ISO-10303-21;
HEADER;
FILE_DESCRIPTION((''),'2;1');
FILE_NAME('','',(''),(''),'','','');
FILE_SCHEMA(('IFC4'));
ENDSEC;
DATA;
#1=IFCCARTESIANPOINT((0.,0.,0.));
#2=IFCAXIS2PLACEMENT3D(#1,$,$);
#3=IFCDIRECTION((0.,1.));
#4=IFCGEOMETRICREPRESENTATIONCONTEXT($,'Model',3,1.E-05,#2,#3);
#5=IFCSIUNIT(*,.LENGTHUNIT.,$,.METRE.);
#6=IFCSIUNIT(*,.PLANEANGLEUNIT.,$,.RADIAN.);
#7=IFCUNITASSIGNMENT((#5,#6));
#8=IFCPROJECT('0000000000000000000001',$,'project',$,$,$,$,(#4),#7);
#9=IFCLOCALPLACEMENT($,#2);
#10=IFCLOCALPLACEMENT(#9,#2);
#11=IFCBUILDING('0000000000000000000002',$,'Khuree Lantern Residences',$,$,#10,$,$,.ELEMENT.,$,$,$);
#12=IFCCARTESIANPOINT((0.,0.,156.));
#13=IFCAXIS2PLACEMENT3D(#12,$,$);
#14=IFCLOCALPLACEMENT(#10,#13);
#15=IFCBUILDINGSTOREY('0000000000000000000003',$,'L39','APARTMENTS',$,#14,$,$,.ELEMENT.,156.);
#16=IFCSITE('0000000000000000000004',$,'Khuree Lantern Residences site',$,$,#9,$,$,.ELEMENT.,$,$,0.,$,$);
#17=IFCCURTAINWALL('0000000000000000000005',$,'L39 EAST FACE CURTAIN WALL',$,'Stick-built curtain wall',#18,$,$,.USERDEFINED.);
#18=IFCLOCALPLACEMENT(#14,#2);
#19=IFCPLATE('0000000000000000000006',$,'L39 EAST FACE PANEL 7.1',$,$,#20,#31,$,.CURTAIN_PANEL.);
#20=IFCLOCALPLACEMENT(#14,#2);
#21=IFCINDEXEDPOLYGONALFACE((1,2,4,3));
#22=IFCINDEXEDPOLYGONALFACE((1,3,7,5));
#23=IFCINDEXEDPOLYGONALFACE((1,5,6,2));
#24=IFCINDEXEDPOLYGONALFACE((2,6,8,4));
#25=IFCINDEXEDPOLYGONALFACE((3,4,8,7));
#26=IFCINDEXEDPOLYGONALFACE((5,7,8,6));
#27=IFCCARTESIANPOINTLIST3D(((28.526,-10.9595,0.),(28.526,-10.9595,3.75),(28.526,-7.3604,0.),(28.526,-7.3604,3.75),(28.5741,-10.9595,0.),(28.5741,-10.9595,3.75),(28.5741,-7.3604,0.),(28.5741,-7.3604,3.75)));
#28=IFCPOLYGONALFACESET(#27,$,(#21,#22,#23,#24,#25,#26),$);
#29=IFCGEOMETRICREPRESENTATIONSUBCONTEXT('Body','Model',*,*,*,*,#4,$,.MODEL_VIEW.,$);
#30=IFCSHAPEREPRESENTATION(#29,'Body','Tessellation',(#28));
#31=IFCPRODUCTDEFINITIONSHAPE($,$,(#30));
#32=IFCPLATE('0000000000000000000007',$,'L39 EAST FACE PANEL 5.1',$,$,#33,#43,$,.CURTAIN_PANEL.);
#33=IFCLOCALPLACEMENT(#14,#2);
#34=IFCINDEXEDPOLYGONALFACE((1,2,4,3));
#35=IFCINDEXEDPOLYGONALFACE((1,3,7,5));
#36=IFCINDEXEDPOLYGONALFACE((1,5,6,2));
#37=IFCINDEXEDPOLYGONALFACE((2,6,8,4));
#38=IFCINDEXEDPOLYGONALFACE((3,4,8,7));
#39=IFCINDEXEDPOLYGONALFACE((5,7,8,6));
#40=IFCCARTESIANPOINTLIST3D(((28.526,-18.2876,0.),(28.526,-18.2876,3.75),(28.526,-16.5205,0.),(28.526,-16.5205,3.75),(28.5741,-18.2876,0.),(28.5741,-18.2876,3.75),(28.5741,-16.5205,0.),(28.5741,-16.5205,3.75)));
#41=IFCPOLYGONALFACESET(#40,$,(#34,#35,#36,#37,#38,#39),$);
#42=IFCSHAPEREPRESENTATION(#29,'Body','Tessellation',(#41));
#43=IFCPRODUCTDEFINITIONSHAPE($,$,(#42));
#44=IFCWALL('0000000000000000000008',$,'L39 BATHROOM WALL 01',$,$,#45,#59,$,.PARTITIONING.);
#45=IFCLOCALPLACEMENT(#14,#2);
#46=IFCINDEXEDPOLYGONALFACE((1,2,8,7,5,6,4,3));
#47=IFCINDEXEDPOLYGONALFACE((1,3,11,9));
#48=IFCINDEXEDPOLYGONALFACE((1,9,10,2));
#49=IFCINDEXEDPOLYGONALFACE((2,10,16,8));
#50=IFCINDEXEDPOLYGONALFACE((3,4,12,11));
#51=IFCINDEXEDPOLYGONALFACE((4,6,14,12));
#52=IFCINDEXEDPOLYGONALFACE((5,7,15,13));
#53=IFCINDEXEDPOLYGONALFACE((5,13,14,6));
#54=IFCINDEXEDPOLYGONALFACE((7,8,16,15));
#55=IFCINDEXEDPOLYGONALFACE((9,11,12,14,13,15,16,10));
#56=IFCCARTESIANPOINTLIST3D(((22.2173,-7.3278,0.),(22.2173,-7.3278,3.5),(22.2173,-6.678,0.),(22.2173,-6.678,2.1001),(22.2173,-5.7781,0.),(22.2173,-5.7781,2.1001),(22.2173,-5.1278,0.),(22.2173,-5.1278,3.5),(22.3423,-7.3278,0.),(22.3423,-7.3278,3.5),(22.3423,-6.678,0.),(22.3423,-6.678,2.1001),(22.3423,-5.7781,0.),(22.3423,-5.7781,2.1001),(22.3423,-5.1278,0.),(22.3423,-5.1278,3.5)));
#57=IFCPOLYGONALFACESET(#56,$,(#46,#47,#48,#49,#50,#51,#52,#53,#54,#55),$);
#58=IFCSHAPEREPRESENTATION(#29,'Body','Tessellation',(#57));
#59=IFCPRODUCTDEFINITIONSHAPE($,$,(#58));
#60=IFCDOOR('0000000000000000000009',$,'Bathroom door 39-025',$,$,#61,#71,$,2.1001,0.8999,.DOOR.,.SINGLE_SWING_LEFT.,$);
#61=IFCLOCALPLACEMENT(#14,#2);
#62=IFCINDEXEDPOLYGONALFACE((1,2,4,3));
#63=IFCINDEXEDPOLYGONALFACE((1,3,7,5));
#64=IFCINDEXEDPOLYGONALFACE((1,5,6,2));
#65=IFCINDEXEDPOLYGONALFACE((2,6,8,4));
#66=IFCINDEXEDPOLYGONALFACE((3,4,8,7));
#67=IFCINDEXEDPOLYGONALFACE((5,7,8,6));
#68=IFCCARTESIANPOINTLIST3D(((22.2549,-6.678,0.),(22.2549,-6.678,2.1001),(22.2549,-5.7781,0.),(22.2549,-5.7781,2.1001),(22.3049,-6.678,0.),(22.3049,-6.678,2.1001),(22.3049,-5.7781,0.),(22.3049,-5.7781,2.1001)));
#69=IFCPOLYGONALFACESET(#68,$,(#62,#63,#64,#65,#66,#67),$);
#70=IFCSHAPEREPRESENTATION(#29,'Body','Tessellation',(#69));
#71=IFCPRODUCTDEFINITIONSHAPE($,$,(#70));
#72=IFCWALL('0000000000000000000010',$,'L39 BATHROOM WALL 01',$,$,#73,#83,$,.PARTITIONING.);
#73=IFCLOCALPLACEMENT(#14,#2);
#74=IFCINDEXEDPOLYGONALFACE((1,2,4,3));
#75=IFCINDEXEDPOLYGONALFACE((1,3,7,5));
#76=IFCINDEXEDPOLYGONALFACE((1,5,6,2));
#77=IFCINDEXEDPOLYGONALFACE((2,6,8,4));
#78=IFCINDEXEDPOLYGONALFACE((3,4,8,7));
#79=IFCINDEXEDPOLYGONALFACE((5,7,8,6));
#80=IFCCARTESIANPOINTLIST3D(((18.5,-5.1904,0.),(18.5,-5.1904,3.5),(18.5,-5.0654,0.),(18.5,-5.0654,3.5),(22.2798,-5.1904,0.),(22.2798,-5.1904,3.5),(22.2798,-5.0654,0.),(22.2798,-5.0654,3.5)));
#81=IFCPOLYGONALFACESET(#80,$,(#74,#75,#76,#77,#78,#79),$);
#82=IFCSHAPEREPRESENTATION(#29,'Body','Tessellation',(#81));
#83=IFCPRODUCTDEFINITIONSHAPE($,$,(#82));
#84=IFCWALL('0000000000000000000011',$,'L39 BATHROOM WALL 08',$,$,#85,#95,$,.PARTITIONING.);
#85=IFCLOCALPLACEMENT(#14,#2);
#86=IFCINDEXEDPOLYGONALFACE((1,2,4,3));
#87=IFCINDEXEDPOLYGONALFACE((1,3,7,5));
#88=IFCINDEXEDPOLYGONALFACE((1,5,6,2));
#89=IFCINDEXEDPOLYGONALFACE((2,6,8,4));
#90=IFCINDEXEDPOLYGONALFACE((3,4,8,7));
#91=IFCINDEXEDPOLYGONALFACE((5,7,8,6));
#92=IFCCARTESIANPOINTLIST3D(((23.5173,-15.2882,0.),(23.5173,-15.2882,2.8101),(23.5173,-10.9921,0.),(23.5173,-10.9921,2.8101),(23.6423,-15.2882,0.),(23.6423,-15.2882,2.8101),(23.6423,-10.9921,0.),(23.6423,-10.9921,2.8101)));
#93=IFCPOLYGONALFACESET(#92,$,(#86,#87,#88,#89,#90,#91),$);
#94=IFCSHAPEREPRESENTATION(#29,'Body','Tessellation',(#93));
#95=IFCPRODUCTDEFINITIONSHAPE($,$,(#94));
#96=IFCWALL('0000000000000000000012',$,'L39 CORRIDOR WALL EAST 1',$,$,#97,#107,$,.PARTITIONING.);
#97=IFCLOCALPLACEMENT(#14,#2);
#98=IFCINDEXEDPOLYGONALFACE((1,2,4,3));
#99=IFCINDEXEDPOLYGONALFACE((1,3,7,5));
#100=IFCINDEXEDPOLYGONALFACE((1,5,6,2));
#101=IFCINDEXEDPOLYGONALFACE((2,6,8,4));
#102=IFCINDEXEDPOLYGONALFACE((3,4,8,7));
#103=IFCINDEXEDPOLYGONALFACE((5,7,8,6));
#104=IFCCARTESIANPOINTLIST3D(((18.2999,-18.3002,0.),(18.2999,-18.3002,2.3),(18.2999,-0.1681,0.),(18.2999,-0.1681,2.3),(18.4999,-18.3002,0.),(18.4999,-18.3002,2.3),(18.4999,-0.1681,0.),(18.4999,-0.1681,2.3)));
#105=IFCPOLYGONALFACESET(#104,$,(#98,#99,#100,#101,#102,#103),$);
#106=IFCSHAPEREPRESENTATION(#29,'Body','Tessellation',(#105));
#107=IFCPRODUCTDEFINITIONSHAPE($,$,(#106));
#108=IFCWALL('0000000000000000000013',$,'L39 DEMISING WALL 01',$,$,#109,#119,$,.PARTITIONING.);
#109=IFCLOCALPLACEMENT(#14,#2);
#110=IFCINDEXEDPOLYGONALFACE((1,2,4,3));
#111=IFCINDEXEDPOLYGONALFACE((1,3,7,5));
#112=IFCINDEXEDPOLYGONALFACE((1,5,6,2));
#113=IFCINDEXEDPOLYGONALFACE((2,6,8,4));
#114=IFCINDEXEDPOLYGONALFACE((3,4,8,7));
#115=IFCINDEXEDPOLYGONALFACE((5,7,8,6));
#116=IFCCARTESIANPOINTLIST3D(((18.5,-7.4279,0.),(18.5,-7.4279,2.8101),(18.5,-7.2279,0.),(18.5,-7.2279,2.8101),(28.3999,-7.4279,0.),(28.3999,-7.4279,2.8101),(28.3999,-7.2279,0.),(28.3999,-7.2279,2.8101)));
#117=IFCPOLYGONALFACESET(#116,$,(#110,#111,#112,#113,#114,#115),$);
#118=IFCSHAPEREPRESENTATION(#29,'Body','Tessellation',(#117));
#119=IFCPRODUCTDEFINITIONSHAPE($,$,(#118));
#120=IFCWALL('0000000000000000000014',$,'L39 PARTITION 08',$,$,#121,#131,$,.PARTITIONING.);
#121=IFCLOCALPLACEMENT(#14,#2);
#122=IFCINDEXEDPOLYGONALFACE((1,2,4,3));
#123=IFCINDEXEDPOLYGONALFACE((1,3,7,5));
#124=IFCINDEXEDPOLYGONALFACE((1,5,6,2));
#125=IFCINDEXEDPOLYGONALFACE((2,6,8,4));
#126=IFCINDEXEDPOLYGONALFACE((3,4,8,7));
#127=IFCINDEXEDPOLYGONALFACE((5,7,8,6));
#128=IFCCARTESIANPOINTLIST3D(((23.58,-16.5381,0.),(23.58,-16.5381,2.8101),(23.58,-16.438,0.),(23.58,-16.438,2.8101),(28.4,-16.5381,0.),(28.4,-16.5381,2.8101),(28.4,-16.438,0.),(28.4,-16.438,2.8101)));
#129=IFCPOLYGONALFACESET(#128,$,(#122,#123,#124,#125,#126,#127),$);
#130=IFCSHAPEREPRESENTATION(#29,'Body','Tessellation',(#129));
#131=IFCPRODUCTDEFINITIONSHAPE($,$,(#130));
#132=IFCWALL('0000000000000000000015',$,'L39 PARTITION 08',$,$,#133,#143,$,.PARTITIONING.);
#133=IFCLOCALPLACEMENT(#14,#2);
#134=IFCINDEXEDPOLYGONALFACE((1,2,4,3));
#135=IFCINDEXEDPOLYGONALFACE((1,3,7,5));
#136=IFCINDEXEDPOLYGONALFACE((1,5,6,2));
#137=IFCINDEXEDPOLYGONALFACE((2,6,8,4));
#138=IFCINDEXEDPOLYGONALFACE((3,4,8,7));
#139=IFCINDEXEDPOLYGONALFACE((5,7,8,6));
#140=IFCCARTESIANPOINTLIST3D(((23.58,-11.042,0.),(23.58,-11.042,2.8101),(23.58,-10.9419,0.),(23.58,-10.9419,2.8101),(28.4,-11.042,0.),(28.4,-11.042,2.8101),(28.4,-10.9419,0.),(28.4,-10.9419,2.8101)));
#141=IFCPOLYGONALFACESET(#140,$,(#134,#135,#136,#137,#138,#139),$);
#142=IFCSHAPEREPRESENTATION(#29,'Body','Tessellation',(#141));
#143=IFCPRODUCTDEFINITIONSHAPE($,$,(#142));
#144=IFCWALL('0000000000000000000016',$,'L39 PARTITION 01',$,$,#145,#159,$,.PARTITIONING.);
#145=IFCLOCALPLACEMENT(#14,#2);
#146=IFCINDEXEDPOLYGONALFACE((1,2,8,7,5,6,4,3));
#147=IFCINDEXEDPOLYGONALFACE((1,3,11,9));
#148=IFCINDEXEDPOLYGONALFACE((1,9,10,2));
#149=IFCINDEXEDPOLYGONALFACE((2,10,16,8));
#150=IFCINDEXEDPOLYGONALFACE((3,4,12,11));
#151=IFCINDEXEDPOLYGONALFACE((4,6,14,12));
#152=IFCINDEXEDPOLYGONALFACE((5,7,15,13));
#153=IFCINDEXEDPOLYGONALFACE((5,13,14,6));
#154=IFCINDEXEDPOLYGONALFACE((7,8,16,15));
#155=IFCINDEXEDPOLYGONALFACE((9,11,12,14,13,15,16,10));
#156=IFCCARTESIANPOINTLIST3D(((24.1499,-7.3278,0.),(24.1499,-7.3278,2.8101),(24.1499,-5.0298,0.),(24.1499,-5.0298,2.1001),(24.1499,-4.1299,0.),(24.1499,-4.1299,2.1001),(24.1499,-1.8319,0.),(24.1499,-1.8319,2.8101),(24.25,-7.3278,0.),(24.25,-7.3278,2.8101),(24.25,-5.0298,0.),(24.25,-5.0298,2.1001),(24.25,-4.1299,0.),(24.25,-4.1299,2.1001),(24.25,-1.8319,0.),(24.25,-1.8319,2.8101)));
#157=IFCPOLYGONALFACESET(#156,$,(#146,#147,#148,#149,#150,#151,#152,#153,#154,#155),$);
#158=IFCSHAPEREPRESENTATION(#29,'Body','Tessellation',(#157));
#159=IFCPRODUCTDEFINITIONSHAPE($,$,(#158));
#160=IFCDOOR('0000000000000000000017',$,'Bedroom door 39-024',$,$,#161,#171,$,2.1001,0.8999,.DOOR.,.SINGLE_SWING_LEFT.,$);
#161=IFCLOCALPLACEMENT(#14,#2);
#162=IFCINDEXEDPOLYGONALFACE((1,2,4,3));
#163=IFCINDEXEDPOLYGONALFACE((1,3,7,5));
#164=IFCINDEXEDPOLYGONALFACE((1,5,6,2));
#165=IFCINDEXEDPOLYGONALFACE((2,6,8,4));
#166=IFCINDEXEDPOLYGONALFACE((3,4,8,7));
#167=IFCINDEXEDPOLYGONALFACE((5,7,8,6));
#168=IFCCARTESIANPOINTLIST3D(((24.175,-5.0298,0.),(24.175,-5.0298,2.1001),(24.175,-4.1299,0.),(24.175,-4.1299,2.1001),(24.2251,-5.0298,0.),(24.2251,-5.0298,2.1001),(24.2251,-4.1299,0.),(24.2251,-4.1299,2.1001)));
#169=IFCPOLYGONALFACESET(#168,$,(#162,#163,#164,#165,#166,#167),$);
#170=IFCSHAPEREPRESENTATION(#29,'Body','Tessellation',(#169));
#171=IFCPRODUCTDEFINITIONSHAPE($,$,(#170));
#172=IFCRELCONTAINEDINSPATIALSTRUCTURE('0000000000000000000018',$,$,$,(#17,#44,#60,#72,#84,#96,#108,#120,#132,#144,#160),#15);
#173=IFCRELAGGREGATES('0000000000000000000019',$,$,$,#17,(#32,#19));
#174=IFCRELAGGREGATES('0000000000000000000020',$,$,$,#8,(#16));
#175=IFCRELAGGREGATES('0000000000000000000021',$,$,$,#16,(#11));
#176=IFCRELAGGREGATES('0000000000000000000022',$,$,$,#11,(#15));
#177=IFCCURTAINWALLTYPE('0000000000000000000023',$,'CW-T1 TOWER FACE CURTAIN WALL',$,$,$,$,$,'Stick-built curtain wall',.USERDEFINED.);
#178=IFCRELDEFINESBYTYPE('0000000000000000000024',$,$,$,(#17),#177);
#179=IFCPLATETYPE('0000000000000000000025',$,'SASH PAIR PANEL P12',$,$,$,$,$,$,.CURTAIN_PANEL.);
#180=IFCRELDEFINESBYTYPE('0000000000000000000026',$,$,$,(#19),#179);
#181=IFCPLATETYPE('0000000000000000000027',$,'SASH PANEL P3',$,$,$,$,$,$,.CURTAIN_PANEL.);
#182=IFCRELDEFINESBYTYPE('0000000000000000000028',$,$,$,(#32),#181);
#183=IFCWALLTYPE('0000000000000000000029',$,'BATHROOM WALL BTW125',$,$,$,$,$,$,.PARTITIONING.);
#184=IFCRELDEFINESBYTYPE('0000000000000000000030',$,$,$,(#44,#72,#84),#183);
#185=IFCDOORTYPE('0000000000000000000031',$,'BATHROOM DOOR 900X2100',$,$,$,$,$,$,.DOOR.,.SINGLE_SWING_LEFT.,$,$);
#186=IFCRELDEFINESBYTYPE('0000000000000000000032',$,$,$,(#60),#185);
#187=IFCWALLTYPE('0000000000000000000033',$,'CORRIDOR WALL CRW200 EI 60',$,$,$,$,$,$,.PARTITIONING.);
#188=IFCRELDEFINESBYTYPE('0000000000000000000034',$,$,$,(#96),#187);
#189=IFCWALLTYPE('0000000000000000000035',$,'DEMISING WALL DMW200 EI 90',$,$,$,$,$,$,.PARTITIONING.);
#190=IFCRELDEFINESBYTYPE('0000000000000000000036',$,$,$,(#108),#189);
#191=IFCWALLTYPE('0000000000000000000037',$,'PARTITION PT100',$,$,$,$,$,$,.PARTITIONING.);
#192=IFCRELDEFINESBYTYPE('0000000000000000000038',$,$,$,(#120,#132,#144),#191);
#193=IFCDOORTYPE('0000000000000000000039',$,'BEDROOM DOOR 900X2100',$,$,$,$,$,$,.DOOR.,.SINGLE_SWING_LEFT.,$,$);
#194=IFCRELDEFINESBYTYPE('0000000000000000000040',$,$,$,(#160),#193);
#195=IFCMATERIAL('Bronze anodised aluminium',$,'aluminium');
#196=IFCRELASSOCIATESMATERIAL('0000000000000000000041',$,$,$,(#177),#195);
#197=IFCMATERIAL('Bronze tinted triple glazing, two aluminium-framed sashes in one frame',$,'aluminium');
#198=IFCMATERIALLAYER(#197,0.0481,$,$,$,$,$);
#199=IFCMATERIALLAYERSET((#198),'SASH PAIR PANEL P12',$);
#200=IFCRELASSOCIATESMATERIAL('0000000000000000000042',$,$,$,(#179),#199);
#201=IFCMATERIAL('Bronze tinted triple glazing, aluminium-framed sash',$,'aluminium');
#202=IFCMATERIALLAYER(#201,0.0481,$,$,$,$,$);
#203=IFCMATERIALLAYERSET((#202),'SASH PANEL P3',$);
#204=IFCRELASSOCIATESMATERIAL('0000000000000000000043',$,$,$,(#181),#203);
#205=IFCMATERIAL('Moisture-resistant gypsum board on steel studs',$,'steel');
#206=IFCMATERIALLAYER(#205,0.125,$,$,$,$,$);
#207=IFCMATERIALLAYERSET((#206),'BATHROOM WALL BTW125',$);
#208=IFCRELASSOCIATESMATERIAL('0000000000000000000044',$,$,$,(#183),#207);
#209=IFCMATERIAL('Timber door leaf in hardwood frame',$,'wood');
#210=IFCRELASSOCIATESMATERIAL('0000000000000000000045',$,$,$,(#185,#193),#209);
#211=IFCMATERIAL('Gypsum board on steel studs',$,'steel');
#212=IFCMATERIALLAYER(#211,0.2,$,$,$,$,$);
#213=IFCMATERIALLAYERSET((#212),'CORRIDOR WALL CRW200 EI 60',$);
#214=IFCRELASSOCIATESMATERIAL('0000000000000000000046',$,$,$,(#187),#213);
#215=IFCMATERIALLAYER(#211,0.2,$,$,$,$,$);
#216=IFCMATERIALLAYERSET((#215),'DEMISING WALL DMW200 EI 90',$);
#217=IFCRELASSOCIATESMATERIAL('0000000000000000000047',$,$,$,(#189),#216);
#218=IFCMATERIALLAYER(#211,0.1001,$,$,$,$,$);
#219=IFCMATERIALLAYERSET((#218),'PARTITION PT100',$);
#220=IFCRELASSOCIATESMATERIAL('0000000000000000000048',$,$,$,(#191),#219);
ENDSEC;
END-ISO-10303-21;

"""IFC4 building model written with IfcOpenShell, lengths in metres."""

from ifc_helpers import new_model, si_unit, direction, frame, frame_2d, origin, origin_2d, place, context, subcontext, project, spatial, rectangle, extrude, material, layer, layer_set, type_object, element, fill, aggregate, save


model = new_model("IFC4")

# Units and contexts
model_context = context("Model", 3, precision=1e-05, world=origin(), true_north=direction((0.0, 1.0)))
body_context = subcontext(model_context, "Body", "Model", "MODEL_VIEW")
ifc_project = project(units=[si_unit("LENGTHUNIT", "METRE"), si_unit("PLANEANGLEUNIT", "RADIAN")], contexts=[model_context])

# Site, building, storey
site_placement = place(None, origin())
site = spatial("IfcSite", under=ifc_project, at=site_placement, Name="Khuree Lantern Residences site", CompositionType="ELEMENT", RefElevation=0.0)
building_placement = place(site_placement, origin())
building = spatial("IfcBuilding", under=site, at=building_placement, Name="Khuree Lantern Residences", CompositionType="ELEMENT")
storey_placement = place(building_placement, frame((0.0, 0.0, 156.0)))
storey = spatial("IfcBuildingStorey", under=building, at=storey_placement, Name="L39", Description="APARTMENTS", CompositionType="ELEMENT", Elevation=156.0)

# Curtain wall
ifc_material_1 = material(Name="Bronze anodised aluminium", Category="aluminium")
curtain_wall_type = type_object("IfcCurtainWallType", Name="CW-T1 TOWER FACE CURTAIN WALL", ElementType="Stick-built curtain wall", PredefinedType="USERDEFINED", material=ifc_material_1)
curtain_wall_placement = place(storey_placement, origin())
curtain_wall = element("IfcCurtainWall", 1, at=curtain_wall_placement, inside=storey, type_object=curtain_wall_type, Name="L39 EAST FACE CURTAIN WALL", ObjectType="Stick-built curtain wall", PredefinedType="USERDEFINED")

# Plates
ifc_material_2 = material(Name="Bronze tinted triple glazing, two aluminium-framed sashes in one frame", Category="aluminium")
ifc_layer_1 = layer(ifc_material_2, 0.0481)
ifc_layer_set_1 = layer_set([ifc_layer_1], Name="SASH PAIR PANEL P12")
plate_type_1 = type_object("IfcPlateType", Name="SASH PAIR PANEL P12", PredefinedType="CURTAIN_PANEL", material=ifc_layer_set_1)
plate_1_placement = place(storey_placement, frame((28.55, -9.1599, 0.0), z_axis=(0.0, 0.0, 1.0), x_axis=(0.0, 1.0, 0.0)))
plate_1 = element("IfcPlate", 2, at=plate_1_placement, type_object=plate_type_1, Name="L39 EAST FACE PANEL 7.1", PredefinedType="CURTAIN_PANEL", context=body_context, shape_type="SweptSolid", body=[
    extrude(rectangle(XDim=3.5991, YDim=0.0481, at=origin_2d()), origin(), (0.0, 0.0, 1.0), 3.75),
])
ifc_material_3 = material(Name="Bronze tinted triple glazing, aluminium-framed sash", Category="aluminium")
ifc_layer_2 = layer(ifc_material_3, 0.0481)
ifc_layer_set_2 = layer_set([ifc_layer_2], Name="SASH PANEL P3")
plate_type_2 = type_object("IfcPlateType", Name="SASH PANEL P3", PredefinedType="CURTAIN_PANEL", material=ifc_layer_set_2)
plate_2_placement = place(storey_placement, frame((28.55, -17.4041, 0.0), z_axis=(0.0, 0.0, 1.0), x_axis=(0.0, 1.0, 0.0)))
plate_2 = element("IfcPlate", 3, at=plate_2_placement, type_object=plate_type_2, Name="L39 EAST FACE PANEL 5.1", PredefinedType="CURTAIN_PANEL", context=body_context, shape_type="SweptSolid", body=[
    extrude(rectangle(XDim=1.7671, YDim=0.0481, at=origin_2d()), origin(), (0.0, 0.0, 1.0), 3.75),
])
aggregate(curtain_wall, [plate_2, plate_1])

# Wall, opening, door
ifc_material_4 = material(Name="Moisture-resistant gypsum board on steel studs", Category="steel")
ifc_layer_3 = layer(ifc_material_4, 0.125)
ifc_layer_set_3 = layer_set([ifc_layer_3], Name="BATHROOM WALL BTW125")
wall_type_1 = type_object("IfcWallType", Name="BATHROOM WALL BTW125", PredefinedType="PARTITIONING", material=ifc_layer_set_3)
wall_1_placement = place(storey_placement, frame((22.2798, -7.3279, 0.0), z_axis=(0.0, 0.0, 1.0), x_axis=(0.0, 1.0, 0.0)))
wall_1 = element("IfcWall", 4, at=wall_1_placement, inside=storey, type_object=wall_type_1, Name="L39 BATHROOM WALL 01", PredefinedType="PARTITIONING", context=body_context, shape_type="SweptSolid", body=[
    extrude(rectangle(XDim=2.2, YDim=0.125, at=frame_2d((1.1001, 0.0))), origin(), (0.0, 0.0, 1.0), 3.5),
])
opening_1_placement = place(wall_1_placement, frame((0.6499, 0.0, 0.0)))
opening_1 = element("IfcOpeningElement", 5, at=opening_1_placement, cuts=wall_1, PredefinedType="OPENING", context=body_context, shape_type="SweptSolid", body=[
    extrude(rectangle(XDim=0.8999, YDim=2.1001, at=frame_2d((0.45, 1.05))), frame((0.0, 0.0725, 0.0), z_axis=(0.0, -1.0, 0.0), x_axis=(1.0, 0.0, 0.0)), (0.0, 0.0, 1.0), 0.145),
])
ifc_material_5 = material(Name="Timber door leaf in hardwood frame", Category="wood")
door_type_1 = type_object("IfcDoorType", Name="BATHROOM DOOR 900X2100", OperationType="SINGLE_SWING_LEFT", PredefinedType="DOOR", material=ifc_material_5)
door_1_placement = place(opening_1_placement, origin())
door_1 = element("IfcDoor", 6, at=door_1_placement, inside=storey, type_object=door_type_1, Name="Bathroom door 39-025", OperationType="SINGLE_SWING_LEFT", OverallHeight=2.1001, OverallWidth=0.8999, PredefinedType="DOOR", context=body_context, shape_type="SweptSolid", body=[
    extrude(rectangle(XDim=0.8999, YDim=2.1001, at=frame_2d((0.45, 1.05))), frame((0.0, 0.0249, 0.0), z_axis=(0.0, -1.0, 0.0), x_axis=(1.0, 0.0, 0.0)), (0.0, 0.0, 1.0), 0.05),
])
fill(opening_1, door_1)

# Walls
wall_2_placement = place(storey_placement, frame((18.5, -5.1279, 0.0), z_axis=(0.0, 0.0, 1.0), x_axis=(1.0, 0.0, 0.0)))
element("IfcWall", 7, at=wall_2_placement, inside=storey, type_object=wall_type_1, Name="L39 BATHROOM WALL 01", PredefinedType="PARTITIONING", context=body_context, shape_type="SweptSolid", body=[
    extrude(rectangle(XDim=3.7798, YDim=0.125, at=frame_2d((1.8899, 0.0))), origin(), (0.0, 0.0, 1.0), 3.5),
])
wall_3_placement = place(storey_placement, frame((23.5798, -15.2881, 0.0), z_axis=(0.0, 0.0, 1.0), x_axis=(0.0, 1.0, 0.0)))
element("IfcWall", 8, at=wall_3_placement, inside=storey, type_object=wall_type_1, Name="L39 BATHROOM WALL 08", PredefinedType="PARTITIONING", context=body_context, shape_type="SweptSolid", body=[
    extrude(rectangle(XDim=4.2961, YDim=0.125, at=frame_2d((2.1479, 0.0))), origin(), (0.0, 0.0, 1.0), 2.8101),
])
ifc_material_6 = material(Name="Gypsum board on steel studs", Category="steel")
ifc_layer_4 = layer(ifc_material_6, 0.2)
ifc_layer_set_4 = layer_set([ifc_layer_4], Name="CORRIDOR WALL CRW200 EI 60")
wall_type_2 = type_object("IfcWallType", Name="CORRIDOR WALL CRW200 EI 60", PredefinedType="PARTITIONING", material=ifc_layer_set_4)
wall_4_placement = place(storey_placement, frame((18.3999, -18.3, 0.0), z_axis=(0.0, 0.0, 1.0), x_axis=(0.0, 1.0, 0.0)))
element("IfcWall", 9, at=wall_4_placement, inside=storey, type_object=wall_type_2, Name="L39 CORRIDOR WALL EAST 1", PredefinedType="PARTITIONING", context=body_context, shape_type="SweptSolid", body=[
    extrude(rectangle(XDim=18.1321, YDim=0.2, at=frame_2d((9.0659, 0.0))), origin(), (0.0, 0.0, 1.0), 2.3),
])
ifc_layer_5 = layer(ifc_material_6, 0.2)
ifc_layer_set_5 = layer_set([ifc_layer_5], Name="DEMISING WALL DMW200 EI 90")
wall_type_3 = type_object("IfcWallType", Name="DEMISING WALL DMW200 EI 90", PredefinedType="PARTITIONING", material=ifc_layer_set_5)
wall_5_placement = place(storey_placement, frame((18.5, -7.3279, 0.0), z_axis=(0.0, 0.0, 1.0), x_axis=(1.0, 0.0, 0.0)))
element("IfcWall", 10, at=wall_5_placement, inside=storey, type_object=wall_type_3, Name="L39 DEMISING WALL 01", PredefinedType="PARTITIONING", context=body_context, shape_type="SweptSolid", body=[
    extrude(rectangle(XDim=9.8999, YDim=0.2, at=frame_2d((4.95, 0.0))), origin(), (0.0, 0.0, 1.0), 2.8101),
])
ifc_layer_6 = layer(ifc_material_6, 0.1001)
ifc_layer_set_6 = layer_set([ifc_layer_6], Name="PARTITION PT100")
wall_type_4 = type_object("IfcWallType", Name="PARTITION PT100", PredefinedType="PARTITIONING", material=ifc_layer_set_6)
for number, where, z_axis, x_axis, name in (
    (11, (23.5798, -16.488, 0.0), (0.0, 0.0, 1.0), (1.0, 0.0, 0.0), "L39 PARTITION 08"),
    (12, (23.5798, -10.9919, 0.0), (0.0, 0.0, 1.0), (1.0, 0.0, 0.0), "L39 PARTITION 08"),
):
    element("IfcWall", number, at=place(storey_placement, frame(where, z_axis=z_axis, x_axis=x_axis)), inside=storey, type_object=wall_type_4, Name=name, PredefinedType="PARTITIONING", context=body_context, shape_type="SweptSolid", body=[
        extrude(rectangle(XDim=4.8201, YDim=0.1001, at=frame_2d((2.4102, 0.0))), origin(), (0.0, 0.0, 1.0), 2.8101),
    ])

# Wall, opening, door
wall_6_placement = place(storey_placement, frame((24.2, -7.3279, 0.0), z_axis=(0.0, 0.0, 1.0), x_axis=(0.0, 1.0, 0.0)))
wall_6 = element("IfcWall", 13, at=wall_6_placement, inside=storey, type_object=wall_type_4, Name="L39 PARTITION 01", PredefinedType="PARTITIONING", context=body_context, shape_type="SweptSolid", body=[
    extrude(rectangle(XDim=5.4958, YDim=0.1001, at=frame_2d((2.748, 0.0))), origin(), (0.0, 0.0, 1.0), 2.8101),
])
opening_2_placement = place(wall_6_placement, frame((2.2981, 0.0, 0.0)))
opening_2 = element("IfcOpeningElement", 14, at=opening_2_placement, cuts=wall_6, PredefinedType="OPENING", context=body_context, shape_type="SweptSolid", body=[
    extrude(rectangle(XDim=0.8999, YDim=2.1001, at=frame_2d((0.45, 1.05))), frame((0.0, 0.0601, 0.0), z_axis=(0.0, -1.0, 0.0), x_axis=(1.0, 0.0, 0.0)), (0.0, 0.0, 1.0), 0.1201),
])
door_type_2 = type_object("IfcDoorType", Name="BEDROOM DOOR 900X2100", OperationType="SINGLE_SWING_LEFT", PredefinedType="DOOR", material=ifc_material_5)
door_2_placement = place(opening_2_placement, origin())
door_2 = element("IfcDoor", 15, at=door_2_placement, inside=storey, type_object=door_type_2, Name="Bedroom door 39-024", OperationType="SINGLE_SWING_LEFT", OverallHeight=2.1001, OverallWidth=0.8999, PredefinedType="DOOR", context=body_context, shape_type="SweptSolid", body=[
    extrude(rectangle(XDim=0.8999, YDim=2.1001, at=frame_2d((0.45, 1.05))), frame((0.0, 0.0249, 0.0), z_axis=(0.0, -1.0, 0.0), x_axis=(1.0, 0.0, 0.0)), (0.0, 0.0, 1.0), 0.05),
])
fill(opening_2, door_2)

save(model, "model.ifc")
